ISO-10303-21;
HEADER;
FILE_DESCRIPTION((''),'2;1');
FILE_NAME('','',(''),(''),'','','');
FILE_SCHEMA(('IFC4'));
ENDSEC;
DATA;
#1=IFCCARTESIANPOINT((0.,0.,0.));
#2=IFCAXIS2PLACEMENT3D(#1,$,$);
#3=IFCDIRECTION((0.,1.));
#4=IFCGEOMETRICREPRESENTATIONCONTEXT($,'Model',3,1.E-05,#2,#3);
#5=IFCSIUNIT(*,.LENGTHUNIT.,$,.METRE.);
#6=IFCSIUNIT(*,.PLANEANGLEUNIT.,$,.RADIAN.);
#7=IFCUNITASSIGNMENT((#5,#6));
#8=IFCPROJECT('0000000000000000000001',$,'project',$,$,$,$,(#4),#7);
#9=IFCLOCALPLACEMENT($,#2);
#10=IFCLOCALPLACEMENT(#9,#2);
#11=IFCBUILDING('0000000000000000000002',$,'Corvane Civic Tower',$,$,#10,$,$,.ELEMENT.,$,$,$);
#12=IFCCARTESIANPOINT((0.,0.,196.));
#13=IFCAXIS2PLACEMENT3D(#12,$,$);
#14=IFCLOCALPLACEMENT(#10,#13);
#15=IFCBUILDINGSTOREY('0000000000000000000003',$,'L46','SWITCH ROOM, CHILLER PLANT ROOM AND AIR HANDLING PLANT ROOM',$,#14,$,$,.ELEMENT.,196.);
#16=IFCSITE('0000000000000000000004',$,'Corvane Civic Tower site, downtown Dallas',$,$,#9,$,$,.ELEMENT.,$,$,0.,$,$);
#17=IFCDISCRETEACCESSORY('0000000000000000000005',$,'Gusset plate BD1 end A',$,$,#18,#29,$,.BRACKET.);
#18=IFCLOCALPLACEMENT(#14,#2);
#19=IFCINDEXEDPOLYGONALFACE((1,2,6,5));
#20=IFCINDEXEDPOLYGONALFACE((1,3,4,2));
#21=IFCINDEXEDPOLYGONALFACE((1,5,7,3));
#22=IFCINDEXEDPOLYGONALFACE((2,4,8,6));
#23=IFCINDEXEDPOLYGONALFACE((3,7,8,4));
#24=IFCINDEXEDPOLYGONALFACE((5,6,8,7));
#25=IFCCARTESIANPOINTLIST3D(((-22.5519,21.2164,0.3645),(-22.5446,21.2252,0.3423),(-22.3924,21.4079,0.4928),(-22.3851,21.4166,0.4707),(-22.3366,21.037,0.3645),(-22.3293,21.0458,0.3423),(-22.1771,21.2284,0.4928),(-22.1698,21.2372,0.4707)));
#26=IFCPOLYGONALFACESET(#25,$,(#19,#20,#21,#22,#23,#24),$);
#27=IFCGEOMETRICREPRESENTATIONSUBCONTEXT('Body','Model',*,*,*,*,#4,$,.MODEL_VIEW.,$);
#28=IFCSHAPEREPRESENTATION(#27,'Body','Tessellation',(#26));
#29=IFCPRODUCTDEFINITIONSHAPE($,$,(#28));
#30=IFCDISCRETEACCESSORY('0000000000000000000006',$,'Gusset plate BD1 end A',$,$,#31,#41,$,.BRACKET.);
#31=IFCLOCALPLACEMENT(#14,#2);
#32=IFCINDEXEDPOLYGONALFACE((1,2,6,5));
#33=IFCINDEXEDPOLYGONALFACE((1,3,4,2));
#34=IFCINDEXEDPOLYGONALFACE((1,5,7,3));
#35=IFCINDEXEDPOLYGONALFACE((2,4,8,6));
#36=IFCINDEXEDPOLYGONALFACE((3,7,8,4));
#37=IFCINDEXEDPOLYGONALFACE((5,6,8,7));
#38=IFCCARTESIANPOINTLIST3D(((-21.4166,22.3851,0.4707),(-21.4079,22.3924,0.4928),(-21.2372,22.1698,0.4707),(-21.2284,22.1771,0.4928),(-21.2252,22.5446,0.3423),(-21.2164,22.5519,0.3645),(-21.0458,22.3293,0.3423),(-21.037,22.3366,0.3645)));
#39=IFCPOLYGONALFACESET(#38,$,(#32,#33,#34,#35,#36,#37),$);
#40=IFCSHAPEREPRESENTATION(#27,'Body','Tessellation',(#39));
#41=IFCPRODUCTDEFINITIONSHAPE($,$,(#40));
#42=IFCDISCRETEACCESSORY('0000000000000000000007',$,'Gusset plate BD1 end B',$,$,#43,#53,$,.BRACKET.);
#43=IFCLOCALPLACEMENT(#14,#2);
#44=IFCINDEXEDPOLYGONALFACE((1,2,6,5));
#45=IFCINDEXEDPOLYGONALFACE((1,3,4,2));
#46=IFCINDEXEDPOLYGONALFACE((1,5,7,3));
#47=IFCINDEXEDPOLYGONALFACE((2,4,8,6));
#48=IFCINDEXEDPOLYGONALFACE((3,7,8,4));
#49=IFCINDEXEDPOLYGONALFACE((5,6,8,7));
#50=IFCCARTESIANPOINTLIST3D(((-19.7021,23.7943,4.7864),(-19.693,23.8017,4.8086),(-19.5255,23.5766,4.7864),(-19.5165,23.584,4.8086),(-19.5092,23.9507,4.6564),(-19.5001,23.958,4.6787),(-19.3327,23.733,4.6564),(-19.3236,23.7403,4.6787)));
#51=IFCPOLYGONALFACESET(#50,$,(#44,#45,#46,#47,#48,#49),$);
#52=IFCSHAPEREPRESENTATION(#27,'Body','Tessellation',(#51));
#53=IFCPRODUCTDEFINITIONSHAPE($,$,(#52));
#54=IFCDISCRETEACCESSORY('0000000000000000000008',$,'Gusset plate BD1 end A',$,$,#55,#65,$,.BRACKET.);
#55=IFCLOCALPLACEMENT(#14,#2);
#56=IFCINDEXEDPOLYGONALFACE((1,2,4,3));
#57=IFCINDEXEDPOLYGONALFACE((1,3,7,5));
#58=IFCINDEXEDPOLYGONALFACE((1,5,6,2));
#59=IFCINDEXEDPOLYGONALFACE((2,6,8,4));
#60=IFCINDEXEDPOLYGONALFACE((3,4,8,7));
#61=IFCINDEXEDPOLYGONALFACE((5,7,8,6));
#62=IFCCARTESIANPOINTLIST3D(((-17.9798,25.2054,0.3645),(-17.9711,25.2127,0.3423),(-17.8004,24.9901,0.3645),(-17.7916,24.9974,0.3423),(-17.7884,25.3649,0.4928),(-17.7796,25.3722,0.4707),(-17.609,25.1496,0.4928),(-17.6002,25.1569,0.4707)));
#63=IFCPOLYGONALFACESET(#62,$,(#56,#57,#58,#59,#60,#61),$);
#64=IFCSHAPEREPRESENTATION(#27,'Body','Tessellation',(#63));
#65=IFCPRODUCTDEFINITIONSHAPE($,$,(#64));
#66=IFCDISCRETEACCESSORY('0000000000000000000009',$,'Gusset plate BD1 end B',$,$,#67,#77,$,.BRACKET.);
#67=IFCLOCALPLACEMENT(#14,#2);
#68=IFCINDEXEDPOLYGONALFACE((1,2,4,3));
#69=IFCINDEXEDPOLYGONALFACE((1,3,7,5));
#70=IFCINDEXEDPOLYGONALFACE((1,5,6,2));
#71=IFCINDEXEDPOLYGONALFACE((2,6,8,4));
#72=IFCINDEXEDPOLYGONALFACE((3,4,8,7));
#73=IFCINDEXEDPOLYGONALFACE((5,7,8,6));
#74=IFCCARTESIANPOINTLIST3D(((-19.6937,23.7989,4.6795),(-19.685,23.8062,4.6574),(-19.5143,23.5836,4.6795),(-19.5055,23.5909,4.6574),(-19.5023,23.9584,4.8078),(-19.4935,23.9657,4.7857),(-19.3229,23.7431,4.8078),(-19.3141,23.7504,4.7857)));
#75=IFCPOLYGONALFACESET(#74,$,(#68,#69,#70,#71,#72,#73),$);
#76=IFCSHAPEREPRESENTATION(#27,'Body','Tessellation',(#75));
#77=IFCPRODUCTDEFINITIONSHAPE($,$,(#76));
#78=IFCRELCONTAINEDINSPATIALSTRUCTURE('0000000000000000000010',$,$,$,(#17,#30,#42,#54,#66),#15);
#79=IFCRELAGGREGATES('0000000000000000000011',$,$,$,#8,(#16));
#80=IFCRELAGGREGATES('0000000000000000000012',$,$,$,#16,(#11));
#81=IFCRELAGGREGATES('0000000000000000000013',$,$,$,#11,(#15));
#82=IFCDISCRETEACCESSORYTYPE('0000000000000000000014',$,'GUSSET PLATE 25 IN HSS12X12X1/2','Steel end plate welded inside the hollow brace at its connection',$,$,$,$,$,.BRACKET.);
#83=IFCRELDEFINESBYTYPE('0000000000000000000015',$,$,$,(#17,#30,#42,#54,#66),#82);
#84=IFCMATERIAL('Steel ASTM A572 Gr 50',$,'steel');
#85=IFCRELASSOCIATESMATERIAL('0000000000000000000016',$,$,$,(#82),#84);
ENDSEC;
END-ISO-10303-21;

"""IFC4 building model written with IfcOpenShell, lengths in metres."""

from ifc_helpers import new_model, si_unit, direction, frame, origin, origin_2d, place, context, subcontext, project, spatial, rectangle, extrude, material, material_profile, profile_set, type_object, element, save


model = new_model("IFC4")

# Units and contexts
model_context = context("Model", 3, precision=1e-05, world=origin(), true_north=direction((0.0, 1.0)))
body_context = subcontext(model_context, "Body", "Model", "MODEL_VIEW")
ifc_project = project(units=[si_unit("LENGTHUNIT", "METRE"), si_unit("PLANEANGLEUNIT", "RADIAN")], contexts=[model_context])

# Site, building, storey
site_placement = place(None, origin())
site = spatial("IfcSite", under=ifc_project, at=site_placement, Name="Corvane Civic Tower site, downtown Dallas", CompositionType="ELEMENT", RefElevation=0.0)
building_placement = place(site_placement, origin())
building = spatial("IfcBuilding", under=site, at=building_placement, Name="Corvane Civic Tower", CompositionType="ELEMENT")
storey_placement = place(building_placement, frame((0.0, 0.0, 196.0)))
storey = spatial("IfcBuildingStorey", under=building, at=storey_placement, Name="L46", Description="SWITCH ROOM, CHILLER PLANT ROOM AND AIR HANDLING PLANT ROOM", CompositionType="ELEMENT", Elevation=196.0)

# Discrete accessories
ifc_material_1 = material(Name="Steel ASTM A572 Gr 50", Category="steel")
ifc_material_profile_1 = material_profile(ifc_material_1, rectangle(XDim=0.2803, YDim=0.2803, at=origin_2d()), Name="GUSSET PLATE 25 IN HSS12X12X1/2")
ifc_profile_set_1 = profile_set([ifc_material_profile_1], Name="Steel ASTM A572 Gr 50")
discrete_accessory_type = type_object("IfcDiscreteAccessoryType", Name="GUSSET PLATE 25 IN HSS12X12X1/2", Description="Steel end plate welded inside the hollow brace at its connection", PredefinedType="BRACKET", material=ifc_profile_set_1)
for number, where, z_axis, x_axis, name in (
    (1, (-22.3572, 21.2312, 0.4065), (-0.293091, -0.351709, 0.889043), (0.768221, -0.640184, 0.0), "Gusset plate BD1 end A"),
    (2, (-21.2312, 22.3572, 0.4065), (0.351709, 0.293091, 0.889043), (-0.640184, 0.768221, 0.0), "Gusset plate BD1 end A"),
):
    element("IfcDiscreteAccessory", number, at=place(storey_placement, frame(where, z_axis=z_axis, x_axis=x_axis)), inside=storey, type_object=discrete_accessory_type, Name=name, PredefinedType="BRACKET", context=body_context, shape_type="SweptSolid", body=[
        extrude(rectangle(XDim=0.2803, YDim=0.2803, at=origin_2d()), origin(), (0.0, 0.0, 1.0), 0.0249),
    ])
discrete_accessory_placement = place(storey_placement, frame((-19.5083, 23.771, 4.7437), z_axis=(-0.360226, -0.292075, -0.885962), x_axis=(0.629802, -0.776756, 0.0)))
element("IfcDiscreteAccessory", 3, at=discrete_accessory_placement, inside=storey, type_object=discrete_accessory_type, Name="Gusset plate BD1 end B", PredefinedType="BRACKET", context=body_context, shape_type="SweptSolid", body=[
    extrude(rectangle(XDim=0.2803, YDim=0.2803, at=origin_2d()), origin(), (0.0, 0.0, 1.0), 0.0251),
])
for number, where, z_axis, x_axis, name in (
    (4, (-17.7856, 25.1848, 0.4065), (-0.351709, -0.293091, 0.889043), (0.640184, -0.768221, 0.0), "Gusset plate BD1 end A"),
    (5, (-19.5083, 23.771, 4.7437), (0.351709, 0.293091, -0.889043), (-0.640184, 0.768221, 0.0), "Gusset plate BD1 end B"),
):
    element("IfcDiscreteAccessory", number, at=place(storey_placement, frame(where, z_axis=z_axis, x_axis=x_axis)), inside=storey, type_object=discrete_accessory_type, Name=name, PredefinedType="BRACKET", context=body_context, shape_type="SweptSolid", body=[
        extrude(rectangle(XDim=0.2803, YDim=0.2803, at=origin_2d()), origin(), (0.0, 0.0, 1.0), 0.0249),
    ])

save(model, "model.ifc")
